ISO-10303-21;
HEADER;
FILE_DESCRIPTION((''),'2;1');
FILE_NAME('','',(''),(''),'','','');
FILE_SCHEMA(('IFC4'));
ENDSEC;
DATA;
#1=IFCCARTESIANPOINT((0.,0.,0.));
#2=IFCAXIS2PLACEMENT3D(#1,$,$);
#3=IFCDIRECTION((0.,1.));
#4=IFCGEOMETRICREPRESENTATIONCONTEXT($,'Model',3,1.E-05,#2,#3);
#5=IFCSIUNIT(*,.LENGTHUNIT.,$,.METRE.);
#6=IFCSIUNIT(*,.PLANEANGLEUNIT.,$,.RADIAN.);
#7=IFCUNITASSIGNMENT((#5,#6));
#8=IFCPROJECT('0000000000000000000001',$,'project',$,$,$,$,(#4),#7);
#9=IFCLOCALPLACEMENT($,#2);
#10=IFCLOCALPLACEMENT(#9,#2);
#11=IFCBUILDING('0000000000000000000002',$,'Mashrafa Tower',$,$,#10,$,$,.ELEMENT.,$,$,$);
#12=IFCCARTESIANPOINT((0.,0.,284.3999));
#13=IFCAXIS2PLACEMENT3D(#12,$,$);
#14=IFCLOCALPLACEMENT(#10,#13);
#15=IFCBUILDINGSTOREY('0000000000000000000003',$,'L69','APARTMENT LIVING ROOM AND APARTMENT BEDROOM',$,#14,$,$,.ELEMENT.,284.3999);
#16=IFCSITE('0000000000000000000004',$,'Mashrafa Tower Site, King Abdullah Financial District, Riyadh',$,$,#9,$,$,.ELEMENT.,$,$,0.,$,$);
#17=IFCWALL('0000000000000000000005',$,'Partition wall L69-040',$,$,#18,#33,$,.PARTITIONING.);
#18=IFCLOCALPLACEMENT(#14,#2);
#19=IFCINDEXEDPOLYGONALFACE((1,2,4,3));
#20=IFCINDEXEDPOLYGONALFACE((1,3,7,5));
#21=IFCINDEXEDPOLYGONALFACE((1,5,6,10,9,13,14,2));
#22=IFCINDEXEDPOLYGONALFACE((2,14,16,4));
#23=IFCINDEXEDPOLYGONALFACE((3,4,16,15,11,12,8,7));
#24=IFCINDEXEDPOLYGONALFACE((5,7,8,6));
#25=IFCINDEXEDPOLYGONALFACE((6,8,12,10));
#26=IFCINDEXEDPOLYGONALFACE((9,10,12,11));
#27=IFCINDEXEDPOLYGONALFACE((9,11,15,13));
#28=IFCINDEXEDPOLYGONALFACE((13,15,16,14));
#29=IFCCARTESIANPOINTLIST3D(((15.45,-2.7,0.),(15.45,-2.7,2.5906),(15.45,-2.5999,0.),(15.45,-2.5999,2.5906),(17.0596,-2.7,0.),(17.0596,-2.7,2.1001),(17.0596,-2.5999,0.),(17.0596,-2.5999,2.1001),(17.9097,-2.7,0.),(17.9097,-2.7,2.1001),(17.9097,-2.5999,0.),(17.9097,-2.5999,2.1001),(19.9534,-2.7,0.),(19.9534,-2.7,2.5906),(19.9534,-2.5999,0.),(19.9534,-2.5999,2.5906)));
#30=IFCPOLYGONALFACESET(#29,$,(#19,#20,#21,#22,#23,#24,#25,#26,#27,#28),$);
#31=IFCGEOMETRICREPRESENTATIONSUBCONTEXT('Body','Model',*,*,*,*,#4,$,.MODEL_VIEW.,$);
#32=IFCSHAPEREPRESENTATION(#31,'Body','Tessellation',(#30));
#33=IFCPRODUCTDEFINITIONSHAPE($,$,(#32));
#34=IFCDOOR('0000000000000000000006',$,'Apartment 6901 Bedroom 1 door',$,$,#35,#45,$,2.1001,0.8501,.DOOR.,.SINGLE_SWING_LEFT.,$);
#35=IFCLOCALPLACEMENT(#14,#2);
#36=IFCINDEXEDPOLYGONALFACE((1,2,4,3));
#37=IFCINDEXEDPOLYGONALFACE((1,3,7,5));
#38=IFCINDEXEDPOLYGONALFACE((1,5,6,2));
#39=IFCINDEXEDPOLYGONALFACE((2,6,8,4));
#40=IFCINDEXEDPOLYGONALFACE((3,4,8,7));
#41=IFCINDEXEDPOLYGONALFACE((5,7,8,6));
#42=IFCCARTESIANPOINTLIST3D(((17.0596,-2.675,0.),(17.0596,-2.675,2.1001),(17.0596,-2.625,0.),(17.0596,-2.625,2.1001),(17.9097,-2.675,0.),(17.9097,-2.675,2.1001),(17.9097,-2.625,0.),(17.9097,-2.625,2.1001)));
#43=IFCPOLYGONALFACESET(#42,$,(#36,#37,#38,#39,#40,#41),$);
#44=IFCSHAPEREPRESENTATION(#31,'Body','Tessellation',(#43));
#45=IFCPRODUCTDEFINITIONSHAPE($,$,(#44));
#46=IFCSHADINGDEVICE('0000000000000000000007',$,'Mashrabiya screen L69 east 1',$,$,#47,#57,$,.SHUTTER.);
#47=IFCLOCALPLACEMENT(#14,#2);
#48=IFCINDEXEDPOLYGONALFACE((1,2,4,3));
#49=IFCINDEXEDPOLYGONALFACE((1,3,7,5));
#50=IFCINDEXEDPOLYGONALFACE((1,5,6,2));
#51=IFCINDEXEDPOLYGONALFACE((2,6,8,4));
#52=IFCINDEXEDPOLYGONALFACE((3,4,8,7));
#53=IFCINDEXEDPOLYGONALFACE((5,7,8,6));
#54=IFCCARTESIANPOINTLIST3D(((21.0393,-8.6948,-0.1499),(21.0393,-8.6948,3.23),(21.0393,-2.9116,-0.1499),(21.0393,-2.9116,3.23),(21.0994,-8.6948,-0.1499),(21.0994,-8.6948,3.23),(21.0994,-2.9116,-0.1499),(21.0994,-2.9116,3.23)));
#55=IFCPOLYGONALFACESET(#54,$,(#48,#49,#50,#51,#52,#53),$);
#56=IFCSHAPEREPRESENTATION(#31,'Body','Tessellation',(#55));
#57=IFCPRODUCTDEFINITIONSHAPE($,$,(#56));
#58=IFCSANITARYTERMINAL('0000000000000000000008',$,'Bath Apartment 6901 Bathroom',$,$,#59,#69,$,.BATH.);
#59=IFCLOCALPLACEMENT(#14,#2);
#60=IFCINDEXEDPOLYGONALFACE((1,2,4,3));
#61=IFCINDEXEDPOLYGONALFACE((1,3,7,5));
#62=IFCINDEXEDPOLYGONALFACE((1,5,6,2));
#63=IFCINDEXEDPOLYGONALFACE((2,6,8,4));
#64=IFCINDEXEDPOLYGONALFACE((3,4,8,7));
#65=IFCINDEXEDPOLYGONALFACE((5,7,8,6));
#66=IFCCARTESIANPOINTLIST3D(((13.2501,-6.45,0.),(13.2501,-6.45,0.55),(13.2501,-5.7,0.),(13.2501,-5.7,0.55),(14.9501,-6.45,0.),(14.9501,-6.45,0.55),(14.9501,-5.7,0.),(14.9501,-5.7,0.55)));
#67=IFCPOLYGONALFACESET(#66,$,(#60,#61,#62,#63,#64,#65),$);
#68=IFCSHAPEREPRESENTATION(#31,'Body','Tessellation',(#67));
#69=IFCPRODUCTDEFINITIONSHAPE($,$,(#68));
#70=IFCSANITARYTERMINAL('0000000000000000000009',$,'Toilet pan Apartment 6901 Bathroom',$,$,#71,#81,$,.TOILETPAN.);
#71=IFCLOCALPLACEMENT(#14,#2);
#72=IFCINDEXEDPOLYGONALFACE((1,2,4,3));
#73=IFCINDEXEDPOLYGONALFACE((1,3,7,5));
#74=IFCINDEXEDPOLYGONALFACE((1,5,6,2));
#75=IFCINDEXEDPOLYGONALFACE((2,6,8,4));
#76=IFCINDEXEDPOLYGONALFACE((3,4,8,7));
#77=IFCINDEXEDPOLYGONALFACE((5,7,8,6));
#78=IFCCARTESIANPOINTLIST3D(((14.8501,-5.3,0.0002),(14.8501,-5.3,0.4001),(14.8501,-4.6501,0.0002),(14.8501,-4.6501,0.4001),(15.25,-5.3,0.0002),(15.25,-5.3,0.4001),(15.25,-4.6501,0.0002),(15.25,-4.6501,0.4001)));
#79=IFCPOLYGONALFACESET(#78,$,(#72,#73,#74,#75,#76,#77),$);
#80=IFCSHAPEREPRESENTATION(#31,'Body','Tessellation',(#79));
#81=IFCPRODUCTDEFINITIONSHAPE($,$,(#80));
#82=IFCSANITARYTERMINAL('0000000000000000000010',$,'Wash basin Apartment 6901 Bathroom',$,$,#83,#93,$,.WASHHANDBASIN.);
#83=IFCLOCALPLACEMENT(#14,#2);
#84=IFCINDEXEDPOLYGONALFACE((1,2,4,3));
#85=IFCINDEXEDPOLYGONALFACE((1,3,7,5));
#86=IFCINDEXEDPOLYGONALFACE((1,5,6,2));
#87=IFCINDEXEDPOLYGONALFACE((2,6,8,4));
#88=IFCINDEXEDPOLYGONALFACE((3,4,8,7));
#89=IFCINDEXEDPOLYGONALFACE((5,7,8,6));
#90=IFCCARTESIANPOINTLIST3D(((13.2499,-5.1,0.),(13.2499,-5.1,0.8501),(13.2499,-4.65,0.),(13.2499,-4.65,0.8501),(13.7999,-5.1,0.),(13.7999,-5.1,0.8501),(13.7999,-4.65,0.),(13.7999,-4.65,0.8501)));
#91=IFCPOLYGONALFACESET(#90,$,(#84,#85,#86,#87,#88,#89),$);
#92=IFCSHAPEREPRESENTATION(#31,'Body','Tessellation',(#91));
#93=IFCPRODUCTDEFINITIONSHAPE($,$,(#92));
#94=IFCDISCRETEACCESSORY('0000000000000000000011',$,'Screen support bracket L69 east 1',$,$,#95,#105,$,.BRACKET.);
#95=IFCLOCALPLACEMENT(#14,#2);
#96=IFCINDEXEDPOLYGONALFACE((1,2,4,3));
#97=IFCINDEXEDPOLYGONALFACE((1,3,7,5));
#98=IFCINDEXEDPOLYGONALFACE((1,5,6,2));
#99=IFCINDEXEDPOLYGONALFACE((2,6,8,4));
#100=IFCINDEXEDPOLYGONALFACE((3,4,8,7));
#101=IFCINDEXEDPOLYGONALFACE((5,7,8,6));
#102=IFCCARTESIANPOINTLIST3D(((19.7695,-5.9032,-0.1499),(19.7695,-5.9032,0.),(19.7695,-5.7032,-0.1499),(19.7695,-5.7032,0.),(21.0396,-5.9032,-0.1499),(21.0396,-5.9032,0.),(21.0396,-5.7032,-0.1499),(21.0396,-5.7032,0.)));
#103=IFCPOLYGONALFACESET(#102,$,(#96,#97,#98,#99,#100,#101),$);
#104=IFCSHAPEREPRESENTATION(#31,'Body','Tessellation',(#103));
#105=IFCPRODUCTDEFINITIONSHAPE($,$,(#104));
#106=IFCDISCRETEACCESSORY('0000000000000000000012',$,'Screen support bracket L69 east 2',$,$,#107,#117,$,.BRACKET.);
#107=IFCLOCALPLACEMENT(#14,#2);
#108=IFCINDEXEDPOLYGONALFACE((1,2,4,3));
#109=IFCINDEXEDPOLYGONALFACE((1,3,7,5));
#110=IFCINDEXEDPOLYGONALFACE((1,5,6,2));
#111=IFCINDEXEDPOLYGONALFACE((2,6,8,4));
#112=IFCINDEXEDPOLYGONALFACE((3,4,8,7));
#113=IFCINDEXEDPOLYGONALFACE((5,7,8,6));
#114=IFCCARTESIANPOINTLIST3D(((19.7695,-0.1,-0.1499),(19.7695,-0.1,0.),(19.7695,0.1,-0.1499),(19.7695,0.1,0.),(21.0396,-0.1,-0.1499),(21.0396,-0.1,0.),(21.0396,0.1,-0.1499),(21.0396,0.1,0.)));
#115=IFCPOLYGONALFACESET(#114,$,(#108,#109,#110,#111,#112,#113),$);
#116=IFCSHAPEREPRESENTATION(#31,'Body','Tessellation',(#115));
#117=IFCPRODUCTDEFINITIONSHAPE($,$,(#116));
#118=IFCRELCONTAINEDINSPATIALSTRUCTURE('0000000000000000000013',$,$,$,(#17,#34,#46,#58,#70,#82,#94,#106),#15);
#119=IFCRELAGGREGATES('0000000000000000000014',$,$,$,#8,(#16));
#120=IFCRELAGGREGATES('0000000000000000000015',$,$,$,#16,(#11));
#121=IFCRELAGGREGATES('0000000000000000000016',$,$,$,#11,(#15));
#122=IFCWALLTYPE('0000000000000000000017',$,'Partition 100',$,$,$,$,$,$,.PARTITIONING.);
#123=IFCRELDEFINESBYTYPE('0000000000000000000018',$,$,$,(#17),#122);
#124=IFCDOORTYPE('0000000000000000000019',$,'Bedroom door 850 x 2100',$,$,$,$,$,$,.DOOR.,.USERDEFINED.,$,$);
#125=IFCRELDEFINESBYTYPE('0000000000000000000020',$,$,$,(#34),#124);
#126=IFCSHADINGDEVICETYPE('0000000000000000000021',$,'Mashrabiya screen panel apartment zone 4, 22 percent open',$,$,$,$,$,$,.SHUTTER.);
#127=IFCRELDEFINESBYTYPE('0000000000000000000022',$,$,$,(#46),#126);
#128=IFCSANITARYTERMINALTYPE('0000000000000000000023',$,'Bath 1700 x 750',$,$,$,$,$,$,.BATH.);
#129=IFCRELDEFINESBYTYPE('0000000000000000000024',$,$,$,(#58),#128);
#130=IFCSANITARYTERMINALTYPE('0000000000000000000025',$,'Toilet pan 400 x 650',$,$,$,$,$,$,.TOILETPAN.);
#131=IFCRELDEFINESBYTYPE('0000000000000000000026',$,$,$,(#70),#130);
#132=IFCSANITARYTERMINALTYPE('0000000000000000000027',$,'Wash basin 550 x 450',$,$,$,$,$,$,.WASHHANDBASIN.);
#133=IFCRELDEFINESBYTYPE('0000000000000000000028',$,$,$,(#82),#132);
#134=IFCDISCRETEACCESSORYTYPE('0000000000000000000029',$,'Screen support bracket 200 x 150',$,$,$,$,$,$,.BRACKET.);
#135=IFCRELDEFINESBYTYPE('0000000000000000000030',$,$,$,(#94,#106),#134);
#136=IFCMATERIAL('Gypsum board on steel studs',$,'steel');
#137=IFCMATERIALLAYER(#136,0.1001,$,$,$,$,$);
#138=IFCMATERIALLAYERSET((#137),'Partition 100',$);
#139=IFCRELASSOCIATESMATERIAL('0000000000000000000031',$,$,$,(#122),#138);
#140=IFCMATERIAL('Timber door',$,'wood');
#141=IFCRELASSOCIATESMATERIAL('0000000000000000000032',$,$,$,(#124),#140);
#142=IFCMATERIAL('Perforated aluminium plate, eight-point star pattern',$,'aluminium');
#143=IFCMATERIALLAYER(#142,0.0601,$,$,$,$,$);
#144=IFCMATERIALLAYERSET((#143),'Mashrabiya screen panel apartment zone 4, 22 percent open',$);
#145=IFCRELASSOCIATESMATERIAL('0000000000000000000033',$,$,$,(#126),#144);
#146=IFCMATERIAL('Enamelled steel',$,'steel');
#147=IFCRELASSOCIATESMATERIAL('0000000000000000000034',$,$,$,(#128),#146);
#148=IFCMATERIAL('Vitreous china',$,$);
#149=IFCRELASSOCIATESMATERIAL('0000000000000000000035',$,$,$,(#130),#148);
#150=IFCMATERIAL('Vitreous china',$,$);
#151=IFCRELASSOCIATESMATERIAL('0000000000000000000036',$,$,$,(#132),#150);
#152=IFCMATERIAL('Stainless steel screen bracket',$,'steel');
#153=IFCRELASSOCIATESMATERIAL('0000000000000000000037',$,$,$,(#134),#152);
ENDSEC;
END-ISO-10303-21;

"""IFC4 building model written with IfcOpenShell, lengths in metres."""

from ifc_helpers import new_model, si_unit, direction, frame, frame_2d, origin, origin_2d, place, context, subcontext, project, spatial, rectangle, extrude, source, transform, mapped, material, layer, layer_set, type_object, type_shapes, element, fill, save


model = new_model("IFC4")

# Units and contexts
model_context = context("Model", 3, precision=1e-05, world=origin(), true_north=direction((0.0, 1.0)))
body_context = subcontext(model_context, "Body", "Model", "MODEL_VIEW")
ifc_project = project(units=[si_unit("LENGTHUNIT", "METRE"), si_unit("PLANEANGLEUNIT", "RADIAN")], contexts=[model_context])

# Site, building, storey
site_placement = place(None, origin())
site = spatial("IfcSite", under=ifc_project, at=site_placement, Name="Mashrafa Tower Site, King Abdullah Financial District, Riyadh", CompositionType="ELEMENT", RefElevation=0.0)
building_placement = place(site_placement, origin())
building = spatial("IfcBuilding", under=site, at=building_placement, Name="Mashrafa Tower", CompositionType="ELEMENT")
storey_placement = place(building_placement, frame((0.0, 0.0, 284.3999)))
storey = spatial("IfcBuildingStorey", under=building, at=storey_placement, Name="L69", Description="APARTMENT LIVING ROOM AND APARTMENT BEDROOM", CompositionType="ELEMENT", Elevation=284.3999)

# Shared definitions
ifc_material_1 = material(Name="Gypsum board on steel studs", Category="steel")
ifc_layer_1 = layer(ifc_material_1, 0.1001)
ifc_layer_set_1 = layer_set([ifc_layer_1], Name="Partition 100")
wall_type_1 = type_object("IfcWallType", Name="Partition 100", PredefinedType="PARTITIONING", material=ifc_layer_set_1)

# Wall, opening, door
wall_1_placement = place(storey_placement, frame((15.45, -2.6499, 0.0), z_axis=(0.0, 0.0, 1.0), x_axis=(1.0, 0.0, 0.0)))
wall_1 = element("IfcWall", 1, at=wall_1_placement, inside=storey, type_object=wall_type_1, Name="Partition wall L69-040", PredefinedType="PARTITIONING", context=body_context, shape_type="SweptSolid", body=[
    extrude(rectangle(XDim=4.5034, YDim=0.1001, at=frame_2d((2.2517, 0.0))), origin(), (0.0, 0.0, 1.0), 2.5906),
])
opening_1_placement = place(wall_1_placement, frame((1.6096, 0.0, 0.0)))
opening_1 = element("IfcOpeningElement", 2, at=opening_1_placement, cuts=wall_1, PredefinedType="OPENING", context=body_context, shape_type="SweptSolid", body=[
    extrude(rectangle(XDim=0.8501, YDim=2.1001, at=frame_2d((0.425, 1.05))), frame((0.0, 0.0601, 0.0), z_axis=(0.0, -1.0, 0.0), x_axis=(1.0, 0.0, 0.0)), (0.0, 0.0, 1.0), 0.1201),
])
ifc_material_2 = material(Name="Timber door", Category="wood")
door_type_1 = type_object("IfcDoorType", Name="Bedroom door 850 x 2100", OperationType="USERDEFINED", PredefinedType="DOOR", material=ifc_material_2)
door_1_placement = place(opening_1_placement, origin())
door_1 = element("IfcDoor", 3, at=door_1_placement, inside=storey, type_object=door_type_1, Name="Apartment 6901 Bedroom 1 door", OperationType="SINGLE_SWING_LEFT", OverallHeight=2.1001, OverallWidth=0.8501, PredefinedType="DOOR", context=body_context, shape_type="SweptSolid", body=[
    extrude(rectangle(XDim=0.8501, YDim=2.1001, at=frame_2d((0.425, 1.05))), frame((0.0, 0.0249, 0.0), z_axis=(0.0, -1.0, 0.0), x_axis=(1.0, 0.0, 0.0)), (0.0, 0.0, 1.0), 0.05),
])
fill(opening_1, door_1)

# Shading device
ifc_material_3 = material(Name="Perforated aluminium plate, eight-point star pattern", Category="aluminium")
ifc_layer_2 = layer(ifc_material_3, 0.0601)
ifc_layer_set_2 = layer_set([ifc_layer_2], Name="Mashrabiya screen panel apartment zone 4, 22 percent open")
shading_device_type = type_object("IfcShadingDeviceType", Name="Mashrabiya screen panel apartment zone 4, 22 percent open", PredefinedType="SHUTTER", material=ifc_layer_set_2)
shared_shape_1 = source(origin(), body_context, "Body", "SweptSolid", [
    extrude(rectangle(XDim=5.7832, YDim=0.0601, at=origin_2d()), origin(), (0.0, 0.0, 1.0), 3.3799),
])
type_shapes(shading_device_type, [shared_shape_1])
shading_device_placement = place(storey_placement, frame((21.0693, -5.8032, -0.1499), z_axis=(0.0, 0.0, 1.0), x_axis=(0.0, 1.0, 0.0)))
element("IfcShadingDevice", 4, at=shading_device_placement, inside=storey, type_object=shading_device_type, Name="Mashrabiya screen L69 east 1", PredefinedType="SHUTTER", context=body_context, shape_type="MappedRepresentation", body=[
    mapped(shared_shape_1, transform((0.0, 0.0, 0.0))),
])

# Sanitary terminals
ifc_material_4 = material(Name="Enamelled steel", Category="steel")
sanitary_terminal_type_1 = type_object("IfcSanitaryTerminalType", Name="Bath 1700 x 750", PredefinedType="BATH", material=ifc_material_4)
sanitary_terminal_1_placement = place(storey_placement, frame((14.1001, -6.075, 0.0), z_axis=(0.0, 0.0, 1.0), x_axis=(1.0, 0.0, 0.0)))
element("IfcSanitaryTerminal", 5, at=sanitary_terminal_1_placement, inside=storey, type_object=sanitary_terminal_type_1, Name="Bath Apartment 6901 Bathroom", PredefinedType="BATH", context=body_context, shape_type="SweptSolid", body=[
    extrude(rectangle(XDim=1.7, YDim=0.75, at=origin_2d()), origin(), (0.0, 0.0, 1.0), 0.55),
])
ifc_material_5 = material(Name="Vitreous china")
sanitary_terminal_type_2 = type_object("IfcSanitaryTerminalType", Name="Toilet pan 400 x 650", PredefinedType="TOILETPAN", material=ifc_material_5)
sanitary_terminal_2_placement = place(storey_placement, frame((15.05, -4.9751, 0.0002), z_axis=(0.0, 0.0, 1.0), x_axis=(-1.0, 0.0, 0.0)))
element("IfcSanitaryTerminal", 6, at=sanitary_terminal_2_placement, inside=storey, type_object=sanitary_terminal_type_2, Name="Toilet pan Apartment 6901 Bathroom", PredefinedType="TOILETPAN", context=body_context, shape_type="SweptSolid", body=[
    extrude(rectangle(XDim=0.3999, YDim=0.6499, at=origin_2d()), origin(), (0.0, 0.0, 1.0), 0.3999),
])
ifc_material_6 = material(Name="Vitreous china")
sanitary_terminal_type_3 = type_object("IfcSanitaryTerminalType", Name="Wash basin 550 x 450", PredefinedType="WASHHANDBASIN", material=ifc_material_6)
sanitary_terminal_3_placement = place(storey_placement, frame((13.5249, -4.875, 0.0), z_axis=(0.0, 0.0, 1.0), x_axis=(-1.0, 0.0, 0.0)))
element("IfcSanitaryTerminal", 7, at=sanitary_terminal_3_placement, inside=storey, type_object=sanitary_terminal_type_3, Name="Wash basin Apartment 6901 Bathroom", PredefinedType="WASHHANDBASIN", context=body_context, shape_type="SweptSolid", body=[
    extrude(rectangle(XDim=0.55, YDim=0.45, at=origin_2d()), origin(), (0.0, 0.0, 1.0), 0.8501),
])

# Discrete accessories
ifc_material_7 = material(Name="Stainless steel screen bracket", Category="steel")
discrete_accessory_type = type_object("IfcDiscreteAccessoryType", Name="Screen support bracket 200 x 150", PredefinedType="BRACKET", material=ifc_material_7)
shared_shape_2 = source(origin(), body_context, "Body", "SweptSolid", [
    extrude(rectangle(XDim=0.2, YDim=1.27, at=origin_2d()), origin(), (0.0, 0.0, 1.0), 0.1499),
])
type_shapes(discrete_accessory_type, [shared_shape_2])
for number, where, z_axis, x_axis, name in (
    (8, (20.4045, -5.8032, -0.1499), (0.0, 0.0, 1.0), (0.0, 1.0, 0.0), "Screen support bracket L69 east 1"),
    (9, (20.4045, 0.0, -0.1499), (0.0, 0.0, 1.0), (0.0, 1.0, 0.0), "Screen support bracket L69 east 2"),
):
    element("IfcDiscreteAccessory", number, at=place(storey_placement, frame(where, z_axis=z_axis, x_axis=x_axis)), inside=storey, type_object=discrete_accessory_type, Name=name, PredefinedType="BRACKET", context=body_context, shape_type="MappedRepresentation", body=[
        mapped(shared_shape_2, transform((0.0, 0.0, 0.0))),
    ])

save(model, "model.ifc")
